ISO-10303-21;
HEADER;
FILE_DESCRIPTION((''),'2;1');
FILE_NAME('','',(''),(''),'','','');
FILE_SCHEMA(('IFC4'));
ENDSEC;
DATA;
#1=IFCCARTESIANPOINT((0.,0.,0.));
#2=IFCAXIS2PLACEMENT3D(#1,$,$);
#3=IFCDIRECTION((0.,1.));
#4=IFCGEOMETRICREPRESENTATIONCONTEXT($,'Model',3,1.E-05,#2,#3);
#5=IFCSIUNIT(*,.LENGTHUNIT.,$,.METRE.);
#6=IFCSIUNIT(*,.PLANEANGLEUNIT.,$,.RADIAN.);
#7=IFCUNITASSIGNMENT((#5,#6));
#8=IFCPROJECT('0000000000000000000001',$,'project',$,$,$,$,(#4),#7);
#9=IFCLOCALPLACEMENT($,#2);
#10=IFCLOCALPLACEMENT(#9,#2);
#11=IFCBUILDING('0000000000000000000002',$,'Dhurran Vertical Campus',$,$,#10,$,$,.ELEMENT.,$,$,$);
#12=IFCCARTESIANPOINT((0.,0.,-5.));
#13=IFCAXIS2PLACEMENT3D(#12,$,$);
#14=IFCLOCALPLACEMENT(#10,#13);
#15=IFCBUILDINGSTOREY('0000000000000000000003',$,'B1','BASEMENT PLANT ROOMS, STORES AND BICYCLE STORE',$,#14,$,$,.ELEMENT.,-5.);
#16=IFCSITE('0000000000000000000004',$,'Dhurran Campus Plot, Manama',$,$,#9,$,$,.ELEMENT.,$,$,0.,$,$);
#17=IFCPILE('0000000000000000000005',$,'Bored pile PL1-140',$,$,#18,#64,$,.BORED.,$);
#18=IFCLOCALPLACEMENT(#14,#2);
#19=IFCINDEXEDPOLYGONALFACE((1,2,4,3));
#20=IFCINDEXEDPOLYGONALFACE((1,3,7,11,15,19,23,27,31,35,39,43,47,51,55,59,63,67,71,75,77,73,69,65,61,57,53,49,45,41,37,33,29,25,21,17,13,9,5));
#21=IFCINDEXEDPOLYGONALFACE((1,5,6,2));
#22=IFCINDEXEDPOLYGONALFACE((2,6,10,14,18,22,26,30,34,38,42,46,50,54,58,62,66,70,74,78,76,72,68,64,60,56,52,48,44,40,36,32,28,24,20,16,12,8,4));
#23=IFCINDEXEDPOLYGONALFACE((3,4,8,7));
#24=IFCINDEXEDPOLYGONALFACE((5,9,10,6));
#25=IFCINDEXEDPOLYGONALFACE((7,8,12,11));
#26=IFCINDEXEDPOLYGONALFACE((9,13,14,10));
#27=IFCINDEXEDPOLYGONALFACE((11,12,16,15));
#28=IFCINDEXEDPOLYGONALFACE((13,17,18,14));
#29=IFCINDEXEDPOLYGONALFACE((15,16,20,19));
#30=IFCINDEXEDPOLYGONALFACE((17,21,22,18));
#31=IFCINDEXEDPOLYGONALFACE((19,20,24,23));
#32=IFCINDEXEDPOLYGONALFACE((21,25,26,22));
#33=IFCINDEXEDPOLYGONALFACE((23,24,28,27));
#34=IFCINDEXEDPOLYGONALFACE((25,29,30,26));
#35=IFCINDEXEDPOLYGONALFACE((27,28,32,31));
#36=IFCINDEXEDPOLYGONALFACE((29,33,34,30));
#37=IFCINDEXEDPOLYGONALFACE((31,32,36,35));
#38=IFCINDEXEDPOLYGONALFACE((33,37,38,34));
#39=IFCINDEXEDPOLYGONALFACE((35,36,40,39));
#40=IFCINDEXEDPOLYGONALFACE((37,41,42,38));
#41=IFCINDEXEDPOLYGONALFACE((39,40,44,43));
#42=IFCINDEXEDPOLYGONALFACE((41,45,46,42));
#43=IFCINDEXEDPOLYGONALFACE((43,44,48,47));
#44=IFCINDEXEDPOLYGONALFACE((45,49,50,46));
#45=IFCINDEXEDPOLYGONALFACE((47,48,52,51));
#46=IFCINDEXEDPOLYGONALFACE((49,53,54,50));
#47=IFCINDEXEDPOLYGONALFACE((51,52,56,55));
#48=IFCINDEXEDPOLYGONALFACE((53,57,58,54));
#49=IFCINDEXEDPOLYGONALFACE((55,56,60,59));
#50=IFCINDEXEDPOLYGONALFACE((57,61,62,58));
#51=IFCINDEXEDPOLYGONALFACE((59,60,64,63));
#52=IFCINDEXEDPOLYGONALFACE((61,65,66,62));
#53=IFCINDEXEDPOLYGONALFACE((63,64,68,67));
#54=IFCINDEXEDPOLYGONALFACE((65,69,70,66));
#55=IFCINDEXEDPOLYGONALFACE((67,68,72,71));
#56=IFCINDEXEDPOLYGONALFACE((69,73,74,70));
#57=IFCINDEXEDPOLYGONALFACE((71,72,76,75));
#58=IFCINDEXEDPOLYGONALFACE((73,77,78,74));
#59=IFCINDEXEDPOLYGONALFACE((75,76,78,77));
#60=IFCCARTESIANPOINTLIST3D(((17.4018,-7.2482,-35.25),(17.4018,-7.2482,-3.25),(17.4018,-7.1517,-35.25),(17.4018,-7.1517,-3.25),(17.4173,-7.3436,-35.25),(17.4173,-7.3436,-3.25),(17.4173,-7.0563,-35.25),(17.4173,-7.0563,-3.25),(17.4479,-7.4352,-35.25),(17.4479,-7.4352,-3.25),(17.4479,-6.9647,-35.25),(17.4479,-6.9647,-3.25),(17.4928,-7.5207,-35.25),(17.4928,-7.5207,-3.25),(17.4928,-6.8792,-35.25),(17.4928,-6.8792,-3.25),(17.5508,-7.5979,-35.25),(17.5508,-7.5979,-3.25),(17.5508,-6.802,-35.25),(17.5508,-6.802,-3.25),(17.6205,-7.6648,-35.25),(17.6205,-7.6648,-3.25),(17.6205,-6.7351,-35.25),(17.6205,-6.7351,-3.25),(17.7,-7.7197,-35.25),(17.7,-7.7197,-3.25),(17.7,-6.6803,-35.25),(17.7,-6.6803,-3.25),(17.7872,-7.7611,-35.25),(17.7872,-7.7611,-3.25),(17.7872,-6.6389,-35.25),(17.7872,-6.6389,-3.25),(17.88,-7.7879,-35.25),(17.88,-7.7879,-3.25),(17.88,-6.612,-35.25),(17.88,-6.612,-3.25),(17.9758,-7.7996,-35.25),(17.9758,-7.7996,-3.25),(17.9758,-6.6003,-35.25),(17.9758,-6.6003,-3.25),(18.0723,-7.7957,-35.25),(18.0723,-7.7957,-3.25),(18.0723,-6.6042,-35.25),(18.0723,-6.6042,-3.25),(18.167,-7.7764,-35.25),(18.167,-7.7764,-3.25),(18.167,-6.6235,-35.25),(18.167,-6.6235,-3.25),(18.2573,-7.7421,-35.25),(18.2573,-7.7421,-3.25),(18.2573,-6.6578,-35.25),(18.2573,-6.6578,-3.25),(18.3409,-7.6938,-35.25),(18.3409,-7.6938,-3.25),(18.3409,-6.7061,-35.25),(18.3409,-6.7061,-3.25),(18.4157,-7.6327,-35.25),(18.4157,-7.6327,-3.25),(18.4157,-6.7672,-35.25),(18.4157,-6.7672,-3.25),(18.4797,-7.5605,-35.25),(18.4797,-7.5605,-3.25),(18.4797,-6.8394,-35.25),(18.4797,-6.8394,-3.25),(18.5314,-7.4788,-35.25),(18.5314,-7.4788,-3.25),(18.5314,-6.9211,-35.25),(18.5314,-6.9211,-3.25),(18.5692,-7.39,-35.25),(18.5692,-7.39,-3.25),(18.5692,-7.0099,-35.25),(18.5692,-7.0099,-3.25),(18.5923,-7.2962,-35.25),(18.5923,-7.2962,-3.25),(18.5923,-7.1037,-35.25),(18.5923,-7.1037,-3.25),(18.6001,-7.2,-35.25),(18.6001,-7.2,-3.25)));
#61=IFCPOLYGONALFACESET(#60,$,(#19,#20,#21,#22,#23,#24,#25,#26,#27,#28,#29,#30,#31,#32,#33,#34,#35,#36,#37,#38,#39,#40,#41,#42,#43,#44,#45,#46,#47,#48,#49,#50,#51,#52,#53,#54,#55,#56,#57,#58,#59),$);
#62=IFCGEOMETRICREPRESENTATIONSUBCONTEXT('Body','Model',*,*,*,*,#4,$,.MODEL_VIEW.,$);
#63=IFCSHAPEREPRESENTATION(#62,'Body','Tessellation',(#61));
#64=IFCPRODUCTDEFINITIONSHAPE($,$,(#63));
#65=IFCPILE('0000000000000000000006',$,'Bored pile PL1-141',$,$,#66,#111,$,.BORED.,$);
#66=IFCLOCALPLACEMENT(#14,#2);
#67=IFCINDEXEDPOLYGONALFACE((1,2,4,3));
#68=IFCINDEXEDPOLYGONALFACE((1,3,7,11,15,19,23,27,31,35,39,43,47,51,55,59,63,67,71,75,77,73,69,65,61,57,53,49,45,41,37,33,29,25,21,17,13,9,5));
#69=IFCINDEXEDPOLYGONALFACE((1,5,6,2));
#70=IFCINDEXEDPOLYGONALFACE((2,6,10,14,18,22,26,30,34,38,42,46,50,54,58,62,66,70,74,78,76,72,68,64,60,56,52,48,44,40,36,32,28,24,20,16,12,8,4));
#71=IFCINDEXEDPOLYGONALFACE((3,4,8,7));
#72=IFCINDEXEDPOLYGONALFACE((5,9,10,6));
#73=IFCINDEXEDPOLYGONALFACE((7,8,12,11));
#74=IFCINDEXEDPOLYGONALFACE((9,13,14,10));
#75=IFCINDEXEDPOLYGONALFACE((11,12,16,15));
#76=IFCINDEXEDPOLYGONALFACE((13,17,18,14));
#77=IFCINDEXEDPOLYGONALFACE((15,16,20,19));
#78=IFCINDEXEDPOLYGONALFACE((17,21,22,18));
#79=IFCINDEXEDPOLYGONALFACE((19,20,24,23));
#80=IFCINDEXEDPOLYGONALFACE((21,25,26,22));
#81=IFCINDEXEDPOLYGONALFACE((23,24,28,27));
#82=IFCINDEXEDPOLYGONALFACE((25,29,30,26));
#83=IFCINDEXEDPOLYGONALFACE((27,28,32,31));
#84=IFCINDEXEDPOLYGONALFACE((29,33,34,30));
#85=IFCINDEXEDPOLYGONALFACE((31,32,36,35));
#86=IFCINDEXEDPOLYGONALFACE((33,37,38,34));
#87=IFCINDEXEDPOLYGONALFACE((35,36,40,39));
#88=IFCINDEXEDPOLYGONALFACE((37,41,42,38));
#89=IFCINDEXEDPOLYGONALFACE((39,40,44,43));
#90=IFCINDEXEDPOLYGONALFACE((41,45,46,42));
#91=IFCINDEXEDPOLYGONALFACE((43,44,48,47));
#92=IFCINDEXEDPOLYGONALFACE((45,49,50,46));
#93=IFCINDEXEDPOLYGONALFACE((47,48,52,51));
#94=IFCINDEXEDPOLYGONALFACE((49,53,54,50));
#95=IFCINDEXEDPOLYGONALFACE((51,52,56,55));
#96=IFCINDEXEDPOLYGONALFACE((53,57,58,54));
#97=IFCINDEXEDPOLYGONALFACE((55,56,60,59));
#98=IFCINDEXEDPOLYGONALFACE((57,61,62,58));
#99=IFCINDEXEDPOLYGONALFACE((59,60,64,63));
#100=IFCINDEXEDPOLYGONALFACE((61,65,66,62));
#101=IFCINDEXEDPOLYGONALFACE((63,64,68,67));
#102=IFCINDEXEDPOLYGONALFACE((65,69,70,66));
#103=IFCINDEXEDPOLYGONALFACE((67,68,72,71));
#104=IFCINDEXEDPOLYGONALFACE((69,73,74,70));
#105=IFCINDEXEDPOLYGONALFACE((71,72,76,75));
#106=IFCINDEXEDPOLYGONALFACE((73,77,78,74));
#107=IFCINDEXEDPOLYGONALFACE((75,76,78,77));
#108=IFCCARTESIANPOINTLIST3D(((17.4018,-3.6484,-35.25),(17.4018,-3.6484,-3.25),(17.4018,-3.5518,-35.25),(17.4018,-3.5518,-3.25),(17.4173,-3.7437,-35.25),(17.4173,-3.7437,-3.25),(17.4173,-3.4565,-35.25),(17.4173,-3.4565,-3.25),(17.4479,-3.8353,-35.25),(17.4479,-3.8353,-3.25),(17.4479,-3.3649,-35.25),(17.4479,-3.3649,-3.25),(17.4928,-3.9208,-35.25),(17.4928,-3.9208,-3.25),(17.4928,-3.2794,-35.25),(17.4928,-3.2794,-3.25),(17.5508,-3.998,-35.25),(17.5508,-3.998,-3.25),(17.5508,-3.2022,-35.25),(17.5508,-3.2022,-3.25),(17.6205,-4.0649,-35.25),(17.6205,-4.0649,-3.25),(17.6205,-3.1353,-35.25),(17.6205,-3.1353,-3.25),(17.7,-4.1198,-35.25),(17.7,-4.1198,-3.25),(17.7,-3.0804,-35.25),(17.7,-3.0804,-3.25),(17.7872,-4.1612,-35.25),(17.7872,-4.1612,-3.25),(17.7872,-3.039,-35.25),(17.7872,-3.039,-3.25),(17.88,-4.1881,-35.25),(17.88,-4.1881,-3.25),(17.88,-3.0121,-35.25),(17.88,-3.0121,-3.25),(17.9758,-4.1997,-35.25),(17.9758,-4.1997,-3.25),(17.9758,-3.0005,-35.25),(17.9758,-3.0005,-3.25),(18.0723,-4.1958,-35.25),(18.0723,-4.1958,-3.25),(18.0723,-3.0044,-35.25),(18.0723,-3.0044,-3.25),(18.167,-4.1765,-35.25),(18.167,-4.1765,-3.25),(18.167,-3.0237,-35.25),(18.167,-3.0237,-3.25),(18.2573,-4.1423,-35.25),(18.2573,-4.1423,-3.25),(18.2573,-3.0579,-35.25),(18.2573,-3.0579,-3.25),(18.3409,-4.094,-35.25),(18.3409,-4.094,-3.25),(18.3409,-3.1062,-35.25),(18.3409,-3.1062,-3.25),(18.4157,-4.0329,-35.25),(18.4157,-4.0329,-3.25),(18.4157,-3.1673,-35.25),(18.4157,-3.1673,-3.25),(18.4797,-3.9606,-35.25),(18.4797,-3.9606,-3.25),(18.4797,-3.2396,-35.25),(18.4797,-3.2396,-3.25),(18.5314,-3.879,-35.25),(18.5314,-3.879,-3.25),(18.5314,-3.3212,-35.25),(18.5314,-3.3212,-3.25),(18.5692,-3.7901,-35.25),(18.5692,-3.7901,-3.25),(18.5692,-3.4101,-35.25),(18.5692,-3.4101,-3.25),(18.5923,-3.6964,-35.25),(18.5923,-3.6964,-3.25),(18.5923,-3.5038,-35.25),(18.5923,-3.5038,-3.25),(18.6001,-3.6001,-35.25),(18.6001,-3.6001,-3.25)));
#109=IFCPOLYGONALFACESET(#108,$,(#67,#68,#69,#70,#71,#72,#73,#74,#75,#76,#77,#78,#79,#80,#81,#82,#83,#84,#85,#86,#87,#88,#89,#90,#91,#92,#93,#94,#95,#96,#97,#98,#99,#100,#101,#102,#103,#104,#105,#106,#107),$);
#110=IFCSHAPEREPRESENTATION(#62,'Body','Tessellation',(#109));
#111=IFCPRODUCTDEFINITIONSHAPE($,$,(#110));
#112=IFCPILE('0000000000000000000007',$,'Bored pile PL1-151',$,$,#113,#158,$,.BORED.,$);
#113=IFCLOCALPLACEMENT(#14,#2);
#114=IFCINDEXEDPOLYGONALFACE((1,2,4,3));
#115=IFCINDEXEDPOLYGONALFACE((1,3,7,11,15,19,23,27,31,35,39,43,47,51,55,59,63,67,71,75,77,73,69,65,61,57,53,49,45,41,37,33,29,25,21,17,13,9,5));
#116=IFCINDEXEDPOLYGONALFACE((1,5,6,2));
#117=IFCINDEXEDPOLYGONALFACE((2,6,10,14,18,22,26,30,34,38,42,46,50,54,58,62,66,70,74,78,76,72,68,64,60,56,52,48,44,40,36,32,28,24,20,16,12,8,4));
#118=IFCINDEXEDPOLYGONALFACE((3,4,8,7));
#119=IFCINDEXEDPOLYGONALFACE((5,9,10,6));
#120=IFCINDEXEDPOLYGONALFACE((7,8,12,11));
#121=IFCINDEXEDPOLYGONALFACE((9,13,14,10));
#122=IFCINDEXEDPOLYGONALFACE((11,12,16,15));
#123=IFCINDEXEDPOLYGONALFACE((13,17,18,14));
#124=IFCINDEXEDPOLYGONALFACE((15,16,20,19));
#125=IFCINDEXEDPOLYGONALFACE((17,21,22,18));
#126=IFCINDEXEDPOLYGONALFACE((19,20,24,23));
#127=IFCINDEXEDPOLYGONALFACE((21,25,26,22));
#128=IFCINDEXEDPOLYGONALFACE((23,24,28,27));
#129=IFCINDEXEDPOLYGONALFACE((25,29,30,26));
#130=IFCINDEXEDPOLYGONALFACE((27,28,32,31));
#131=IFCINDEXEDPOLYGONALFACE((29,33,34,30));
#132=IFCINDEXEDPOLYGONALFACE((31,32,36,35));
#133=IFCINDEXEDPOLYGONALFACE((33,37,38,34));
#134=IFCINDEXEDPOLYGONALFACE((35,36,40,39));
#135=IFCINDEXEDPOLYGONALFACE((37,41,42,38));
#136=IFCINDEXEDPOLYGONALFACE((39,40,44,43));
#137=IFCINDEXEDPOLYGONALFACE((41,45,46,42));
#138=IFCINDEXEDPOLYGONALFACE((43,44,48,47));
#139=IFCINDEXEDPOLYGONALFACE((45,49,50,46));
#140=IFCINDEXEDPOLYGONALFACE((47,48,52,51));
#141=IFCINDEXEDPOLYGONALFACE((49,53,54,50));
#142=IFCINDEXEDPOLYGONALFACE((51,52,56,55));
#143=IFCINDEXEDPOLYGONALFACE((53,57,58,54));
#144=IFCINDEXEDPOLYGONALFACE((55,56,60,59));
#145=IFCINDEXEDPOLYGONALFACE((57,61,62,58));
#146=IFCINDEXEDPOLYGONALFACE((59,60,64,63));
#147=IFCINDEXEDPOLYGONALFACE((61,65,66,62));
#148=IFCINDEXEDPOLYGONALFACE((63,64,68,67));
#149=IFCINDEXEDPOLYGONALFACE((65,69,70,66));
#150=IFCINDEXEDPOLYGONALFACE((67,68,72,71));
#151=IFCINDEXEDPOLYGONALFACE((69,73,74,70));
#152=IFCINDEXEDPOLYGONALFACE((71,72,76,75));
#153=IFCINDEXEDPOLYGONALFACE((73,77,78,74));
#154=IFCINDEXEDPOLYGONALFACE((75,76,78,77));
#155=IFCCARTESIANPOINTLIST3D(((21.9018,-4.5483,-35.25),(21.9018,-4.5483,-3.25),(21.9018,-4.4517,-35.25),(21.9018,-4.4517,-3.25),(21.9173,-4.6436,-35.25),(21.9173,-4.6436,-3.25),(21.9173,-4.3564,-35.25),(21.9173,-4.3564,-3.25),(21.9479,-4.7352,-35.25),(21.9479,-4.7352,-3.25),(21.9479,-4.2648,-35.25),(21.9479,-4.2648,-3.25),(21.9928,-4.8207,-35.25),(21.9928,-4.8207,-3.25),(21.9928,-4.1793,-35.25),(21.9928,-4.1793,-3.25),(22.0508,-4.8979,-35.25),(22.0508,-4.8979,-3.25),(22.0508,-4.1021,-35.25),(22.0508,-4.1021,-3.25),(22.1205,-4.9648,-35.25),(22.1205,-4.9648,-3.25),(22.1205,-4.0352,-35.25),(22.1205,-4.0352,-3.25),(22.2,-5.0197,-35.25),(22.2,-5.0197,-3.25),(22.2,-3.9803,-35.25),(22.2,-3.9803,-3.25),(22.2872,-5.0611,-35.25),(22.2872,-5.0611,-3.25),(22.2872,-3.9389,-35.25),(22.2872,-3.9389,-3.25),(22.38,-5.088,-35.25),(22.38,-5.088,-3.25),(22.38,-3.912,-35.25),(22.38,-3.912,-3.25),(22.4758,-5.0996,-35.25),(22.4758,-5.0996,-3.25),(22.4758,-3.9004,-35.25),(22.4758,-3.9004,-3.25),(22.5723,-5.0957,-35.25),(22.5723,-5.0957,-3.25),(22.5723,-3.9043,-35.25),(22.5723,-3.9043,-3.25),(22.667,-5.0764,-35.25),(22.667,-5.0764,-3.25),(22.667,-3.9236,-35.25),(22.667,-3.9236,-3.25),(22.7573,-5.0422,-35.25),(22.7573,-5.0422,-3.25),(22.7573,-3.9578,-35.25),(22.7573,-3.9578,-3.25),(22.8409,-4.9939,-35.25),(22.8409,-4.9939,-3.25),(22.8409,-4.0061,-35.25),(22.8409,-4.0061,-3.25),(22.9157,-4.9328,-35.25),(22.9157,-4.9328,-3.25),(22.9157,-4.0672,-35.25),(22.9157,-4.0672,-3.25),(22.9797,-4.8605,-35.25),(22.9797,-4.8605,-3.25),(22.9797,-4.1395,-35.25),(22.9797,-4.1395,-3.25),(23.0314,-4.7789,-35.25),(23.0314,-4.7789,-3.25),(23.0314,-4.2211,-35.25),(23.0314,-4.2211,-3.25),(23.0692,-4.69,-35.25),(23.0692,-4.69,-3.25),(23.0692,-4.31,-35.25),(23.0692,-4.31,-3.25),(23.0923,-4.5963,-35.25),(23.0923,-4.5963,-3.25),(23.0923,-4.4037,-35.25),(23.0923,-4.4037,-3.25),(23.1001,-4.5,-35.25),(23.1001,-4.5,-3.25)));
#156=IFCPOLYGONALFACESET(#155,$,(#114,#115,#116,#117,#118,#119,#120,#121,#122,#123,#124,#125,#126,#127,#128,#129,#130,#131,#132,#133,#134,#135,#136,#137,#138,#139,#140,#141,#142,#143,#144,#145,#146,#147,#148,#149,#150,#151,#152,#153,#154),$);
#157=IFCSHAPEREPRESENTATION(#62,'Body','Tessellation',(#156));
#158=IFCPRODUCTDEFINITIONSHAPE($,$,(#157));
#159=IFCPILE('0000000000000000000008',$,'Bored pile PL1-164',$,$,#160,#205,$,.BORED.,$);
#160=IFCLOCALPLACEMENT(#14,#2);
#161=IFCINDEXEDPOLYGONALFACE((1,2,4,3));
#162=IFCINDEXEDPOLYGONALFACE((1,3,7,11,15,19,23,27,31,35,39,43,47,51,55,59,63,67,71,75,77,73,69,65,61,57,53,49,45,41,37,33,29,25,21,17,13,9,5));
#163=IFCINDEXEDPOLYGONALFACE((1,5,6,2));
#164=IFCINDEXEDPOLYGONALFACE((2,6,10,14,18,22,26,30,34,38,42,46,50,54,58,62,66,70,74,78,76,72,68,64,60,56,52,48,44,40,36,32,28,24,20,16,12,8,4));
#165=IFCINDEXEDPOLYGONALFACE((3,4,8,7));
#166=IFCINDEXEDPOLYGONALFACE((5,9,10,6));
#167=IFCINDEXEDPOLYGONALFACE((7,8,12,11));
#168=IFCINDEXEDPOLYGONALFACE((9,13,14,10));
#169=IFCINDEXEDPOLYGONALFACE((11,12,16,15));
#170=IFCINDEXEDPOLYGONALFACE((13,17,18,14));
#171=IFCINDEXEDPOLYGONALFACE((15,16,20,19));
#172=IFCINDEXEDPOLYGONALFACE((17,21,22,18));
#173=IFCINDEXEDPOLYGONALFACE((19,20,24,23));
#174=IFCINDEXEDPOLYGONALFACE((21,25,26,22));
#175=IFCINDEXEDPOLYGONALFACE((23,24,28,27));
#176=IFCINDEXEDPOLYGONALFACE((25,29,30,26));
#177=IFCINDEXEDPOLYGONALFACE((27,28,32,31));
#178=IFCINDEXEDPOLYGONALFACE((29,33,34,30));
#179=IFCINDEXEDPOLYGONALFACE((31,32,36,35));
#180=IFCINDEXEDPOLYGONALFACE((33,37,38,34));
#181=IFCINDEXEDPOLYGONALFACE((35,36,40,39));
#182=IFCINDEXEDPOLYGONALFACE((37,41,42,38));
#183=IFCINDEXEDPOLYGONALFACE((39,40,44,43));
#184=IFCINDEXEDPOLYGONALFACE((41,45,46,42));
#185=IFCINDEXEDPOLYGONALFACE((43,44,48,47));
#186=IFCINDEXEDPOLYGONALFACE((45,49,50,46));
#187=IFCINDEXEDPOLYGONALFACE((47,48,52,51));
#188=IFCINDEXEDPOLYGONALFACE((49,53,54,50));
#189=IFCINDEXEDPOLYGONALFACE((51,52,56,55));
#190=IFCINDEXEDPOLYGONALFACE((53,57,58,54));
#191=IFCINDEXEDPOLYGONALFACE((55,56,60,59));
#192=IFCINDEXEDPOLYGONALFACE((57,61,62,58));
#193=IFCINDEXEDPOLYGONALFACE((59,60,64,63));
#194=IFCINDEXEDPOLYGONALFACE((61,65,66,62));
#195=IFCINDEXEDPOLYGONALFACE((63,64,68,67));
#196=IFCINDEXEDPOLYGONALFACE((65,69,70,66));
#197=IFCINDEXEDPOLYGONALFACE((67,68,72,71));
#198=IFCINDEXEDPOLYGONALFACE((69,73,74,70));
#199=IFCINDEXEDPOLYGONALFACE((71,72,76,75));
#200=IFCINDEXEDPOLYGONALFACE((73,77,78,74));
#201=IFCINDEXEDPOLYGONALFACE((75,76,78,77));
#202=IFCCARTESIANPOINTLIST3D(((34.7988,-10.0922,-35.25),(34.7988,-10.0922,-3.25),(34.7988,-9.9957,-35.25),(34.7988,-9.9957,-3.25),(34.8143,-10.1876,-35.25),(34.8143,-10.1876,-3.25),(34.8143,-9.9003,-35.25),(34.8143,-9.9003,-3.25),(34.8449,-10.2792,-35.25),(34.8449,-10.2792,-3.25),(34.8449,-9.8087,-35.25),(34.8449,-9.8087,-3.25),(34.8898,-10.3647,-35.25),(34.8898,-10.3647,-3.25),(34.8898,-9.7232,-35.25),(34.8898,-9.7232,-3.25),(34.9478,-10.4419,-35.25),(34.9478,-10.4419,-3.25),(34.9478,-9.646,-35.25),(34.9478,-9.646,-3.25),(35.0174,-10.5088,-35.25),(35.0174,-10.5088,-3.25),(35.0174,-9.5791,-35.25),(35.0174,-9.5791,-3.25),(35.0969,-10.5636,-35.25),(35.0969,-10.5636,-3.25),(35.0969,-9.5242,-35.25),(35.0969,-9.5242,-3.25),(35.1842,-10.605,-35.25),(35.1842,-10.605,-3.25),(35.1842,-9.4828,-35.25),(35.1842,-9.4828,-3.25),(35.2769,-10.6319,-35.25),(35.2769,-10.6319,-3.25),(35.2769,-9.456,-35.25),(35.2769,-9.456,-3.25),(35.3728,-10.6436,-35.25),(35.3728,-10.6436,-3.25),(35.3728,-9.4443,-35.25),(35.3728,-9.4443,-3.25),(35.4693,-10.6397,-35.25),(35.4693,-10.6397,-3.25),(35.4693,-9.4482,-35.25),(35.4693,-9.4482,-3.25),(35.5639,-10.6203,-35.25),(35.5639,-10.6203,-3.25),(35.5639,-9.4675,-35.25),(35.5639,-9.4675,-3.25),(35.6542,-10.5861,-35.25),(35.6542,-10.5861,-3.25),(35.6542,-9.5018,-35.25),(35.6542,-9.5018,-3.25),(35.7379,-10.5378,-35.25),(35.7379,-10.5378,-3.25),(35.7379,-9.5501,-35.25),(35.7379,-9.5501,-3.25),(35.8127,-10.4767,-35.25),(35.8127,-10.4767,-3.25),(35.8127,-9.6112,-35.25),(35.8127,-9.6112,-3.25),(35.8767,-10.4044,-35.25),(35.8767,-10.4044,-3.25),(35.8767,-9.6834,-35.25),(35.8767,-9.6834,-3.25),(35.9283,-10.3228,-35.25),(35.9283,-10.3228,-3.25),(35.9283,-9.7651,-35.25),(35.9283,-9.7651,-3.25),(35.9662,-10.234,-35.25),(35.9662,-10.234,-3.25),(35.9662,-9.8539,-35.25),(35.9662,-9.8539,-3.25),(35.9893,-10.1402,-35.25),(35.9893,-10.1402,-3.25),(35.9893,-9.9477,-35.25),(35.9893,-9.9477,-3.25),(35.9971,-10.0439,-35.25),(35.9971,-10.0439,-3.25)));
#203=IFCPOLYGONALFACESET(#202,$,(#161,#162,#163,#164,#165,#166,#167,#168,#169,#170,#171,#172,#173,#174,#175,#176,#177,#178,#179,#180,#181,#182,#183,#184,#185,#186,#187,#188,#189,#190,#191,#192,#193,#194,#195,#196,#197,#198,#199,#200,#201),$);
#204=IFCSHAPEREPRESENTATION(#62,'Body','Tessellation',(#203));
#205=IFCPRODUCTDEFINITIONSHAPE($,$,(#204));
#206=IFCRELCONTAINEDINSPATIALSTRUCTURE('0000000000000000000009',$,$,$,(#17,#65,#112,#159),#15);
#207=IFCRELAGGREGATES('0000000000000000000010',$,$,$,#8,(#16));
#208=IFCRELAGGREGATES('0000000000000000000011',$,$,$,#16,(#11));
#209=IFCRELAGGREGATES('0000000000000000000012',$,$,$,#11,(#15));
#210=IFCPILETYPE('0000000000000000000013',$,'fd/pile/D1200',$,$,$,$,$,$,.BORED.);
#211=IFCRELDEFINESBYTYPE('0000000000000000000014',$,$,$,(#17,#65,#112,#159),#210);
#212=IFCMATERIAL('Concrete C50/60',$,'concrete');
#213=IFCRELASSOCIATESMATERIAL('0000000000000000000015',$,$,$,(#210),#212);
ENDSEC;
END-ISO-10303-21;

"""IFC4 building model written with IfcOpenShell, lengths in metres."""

from ifc_helpers import new_model, si_unit, direction, frame, origin, origin_2d, place, context, subcontext, project, spatial, circle, extrude, material, material_profile, profile_set, type_object, element, save


model = new_model("IFC4")

# Units and contexts
model_context = context("Model", 3, precision=1e-05, world=origin(), true_north=direction((0.0, 1.0)))
body_context = subcontext(model_context, "Body", "Model", "MODEL_VIEW")
ifc_project = project(units=[si_unit("LENGTHUNIT", "METRE"), si_unit("PLANEANGLEUNIT", "RADIAN")], contexts=[model_context])

# Site, building, storey
site_placement = place(None, origin())
site = spatial("IfcSite", under=ifc_project, at=site_placement, Name="Dhurran Campus Plot, Manama", CompositionType="ELEMENT", RefElevation=0.0)
building_placement = place(site_placement, origin())
building = spatial("IfcBuilding", under=site, at=building_placement, Name="Dhurran Vertical Campus", CompositionType="ELEMENT")
storey_placement = place(building_placement, frame((0.0, 0.0, -5.0)))
storey = spatial("IfcBuildingStorey", under=building, at=storey_placement, Name="B1", Description="BASEMENT PLANT ROOMS, STORES AND BICYCLE STORE", CompositionType="ELEMENT", Elevation=-5.0)

# Piles
ifc_material_1 = material(Name="Concrete C50/60", Category="concrete")
ifc_material_profile_1 = material_profile(ifc_material_1, circle(Radius=0.6001, at=origin_2d()), Name="fd/pile/D1200")
ifc_profile_set_1 = profile_set([ifc_material_profile_1], Name="Concrete C50/60")
pile_type = type_object("IfcPileType", Name="fd/pile/D1200", PredefinedType="BORED", material=ifc_profile_set_1)
for number, where, z_axis, x_axis, name in (
    (1, (18.0, -7.2, -3.25), (0.0, 0.0, -1.0), (1.0, 0.0, 0.0), "Bored pile PL1-140"),
    (2, (18.0, -3.6001, -3.25), (0.0, 0.0, -1.0), (1.0, 0.0, 0.0), "Bored pile PL1-141"),
    (3, (22.5, -4.5, -3.25), (0.0, 0.0, -1.0), (1.0, 0.0, 0.0), "Bored pile PL1-151"),
    (4, (35.397, -10.0439, -3.25), (0.0, 0.0, -1.0), (1.0, 0.0, 0.0), "Bored pile PL1-164"),
):
    element("IfcPile", number, at=place(storey_placement, frame(where, z_axis=z_axis, x_axis=x_axis)), inside=storey, type_object=pile_type, Name=name, PredefinedType="BORED", context=body_context, shape_type="SweptSolid", body=[
        extrude(circle(Radius=0.6001, at=origin_2d()), origin(), (0.0, 0.0, 1.0), 32.0),
    ])

save(model, "model.ifc")
